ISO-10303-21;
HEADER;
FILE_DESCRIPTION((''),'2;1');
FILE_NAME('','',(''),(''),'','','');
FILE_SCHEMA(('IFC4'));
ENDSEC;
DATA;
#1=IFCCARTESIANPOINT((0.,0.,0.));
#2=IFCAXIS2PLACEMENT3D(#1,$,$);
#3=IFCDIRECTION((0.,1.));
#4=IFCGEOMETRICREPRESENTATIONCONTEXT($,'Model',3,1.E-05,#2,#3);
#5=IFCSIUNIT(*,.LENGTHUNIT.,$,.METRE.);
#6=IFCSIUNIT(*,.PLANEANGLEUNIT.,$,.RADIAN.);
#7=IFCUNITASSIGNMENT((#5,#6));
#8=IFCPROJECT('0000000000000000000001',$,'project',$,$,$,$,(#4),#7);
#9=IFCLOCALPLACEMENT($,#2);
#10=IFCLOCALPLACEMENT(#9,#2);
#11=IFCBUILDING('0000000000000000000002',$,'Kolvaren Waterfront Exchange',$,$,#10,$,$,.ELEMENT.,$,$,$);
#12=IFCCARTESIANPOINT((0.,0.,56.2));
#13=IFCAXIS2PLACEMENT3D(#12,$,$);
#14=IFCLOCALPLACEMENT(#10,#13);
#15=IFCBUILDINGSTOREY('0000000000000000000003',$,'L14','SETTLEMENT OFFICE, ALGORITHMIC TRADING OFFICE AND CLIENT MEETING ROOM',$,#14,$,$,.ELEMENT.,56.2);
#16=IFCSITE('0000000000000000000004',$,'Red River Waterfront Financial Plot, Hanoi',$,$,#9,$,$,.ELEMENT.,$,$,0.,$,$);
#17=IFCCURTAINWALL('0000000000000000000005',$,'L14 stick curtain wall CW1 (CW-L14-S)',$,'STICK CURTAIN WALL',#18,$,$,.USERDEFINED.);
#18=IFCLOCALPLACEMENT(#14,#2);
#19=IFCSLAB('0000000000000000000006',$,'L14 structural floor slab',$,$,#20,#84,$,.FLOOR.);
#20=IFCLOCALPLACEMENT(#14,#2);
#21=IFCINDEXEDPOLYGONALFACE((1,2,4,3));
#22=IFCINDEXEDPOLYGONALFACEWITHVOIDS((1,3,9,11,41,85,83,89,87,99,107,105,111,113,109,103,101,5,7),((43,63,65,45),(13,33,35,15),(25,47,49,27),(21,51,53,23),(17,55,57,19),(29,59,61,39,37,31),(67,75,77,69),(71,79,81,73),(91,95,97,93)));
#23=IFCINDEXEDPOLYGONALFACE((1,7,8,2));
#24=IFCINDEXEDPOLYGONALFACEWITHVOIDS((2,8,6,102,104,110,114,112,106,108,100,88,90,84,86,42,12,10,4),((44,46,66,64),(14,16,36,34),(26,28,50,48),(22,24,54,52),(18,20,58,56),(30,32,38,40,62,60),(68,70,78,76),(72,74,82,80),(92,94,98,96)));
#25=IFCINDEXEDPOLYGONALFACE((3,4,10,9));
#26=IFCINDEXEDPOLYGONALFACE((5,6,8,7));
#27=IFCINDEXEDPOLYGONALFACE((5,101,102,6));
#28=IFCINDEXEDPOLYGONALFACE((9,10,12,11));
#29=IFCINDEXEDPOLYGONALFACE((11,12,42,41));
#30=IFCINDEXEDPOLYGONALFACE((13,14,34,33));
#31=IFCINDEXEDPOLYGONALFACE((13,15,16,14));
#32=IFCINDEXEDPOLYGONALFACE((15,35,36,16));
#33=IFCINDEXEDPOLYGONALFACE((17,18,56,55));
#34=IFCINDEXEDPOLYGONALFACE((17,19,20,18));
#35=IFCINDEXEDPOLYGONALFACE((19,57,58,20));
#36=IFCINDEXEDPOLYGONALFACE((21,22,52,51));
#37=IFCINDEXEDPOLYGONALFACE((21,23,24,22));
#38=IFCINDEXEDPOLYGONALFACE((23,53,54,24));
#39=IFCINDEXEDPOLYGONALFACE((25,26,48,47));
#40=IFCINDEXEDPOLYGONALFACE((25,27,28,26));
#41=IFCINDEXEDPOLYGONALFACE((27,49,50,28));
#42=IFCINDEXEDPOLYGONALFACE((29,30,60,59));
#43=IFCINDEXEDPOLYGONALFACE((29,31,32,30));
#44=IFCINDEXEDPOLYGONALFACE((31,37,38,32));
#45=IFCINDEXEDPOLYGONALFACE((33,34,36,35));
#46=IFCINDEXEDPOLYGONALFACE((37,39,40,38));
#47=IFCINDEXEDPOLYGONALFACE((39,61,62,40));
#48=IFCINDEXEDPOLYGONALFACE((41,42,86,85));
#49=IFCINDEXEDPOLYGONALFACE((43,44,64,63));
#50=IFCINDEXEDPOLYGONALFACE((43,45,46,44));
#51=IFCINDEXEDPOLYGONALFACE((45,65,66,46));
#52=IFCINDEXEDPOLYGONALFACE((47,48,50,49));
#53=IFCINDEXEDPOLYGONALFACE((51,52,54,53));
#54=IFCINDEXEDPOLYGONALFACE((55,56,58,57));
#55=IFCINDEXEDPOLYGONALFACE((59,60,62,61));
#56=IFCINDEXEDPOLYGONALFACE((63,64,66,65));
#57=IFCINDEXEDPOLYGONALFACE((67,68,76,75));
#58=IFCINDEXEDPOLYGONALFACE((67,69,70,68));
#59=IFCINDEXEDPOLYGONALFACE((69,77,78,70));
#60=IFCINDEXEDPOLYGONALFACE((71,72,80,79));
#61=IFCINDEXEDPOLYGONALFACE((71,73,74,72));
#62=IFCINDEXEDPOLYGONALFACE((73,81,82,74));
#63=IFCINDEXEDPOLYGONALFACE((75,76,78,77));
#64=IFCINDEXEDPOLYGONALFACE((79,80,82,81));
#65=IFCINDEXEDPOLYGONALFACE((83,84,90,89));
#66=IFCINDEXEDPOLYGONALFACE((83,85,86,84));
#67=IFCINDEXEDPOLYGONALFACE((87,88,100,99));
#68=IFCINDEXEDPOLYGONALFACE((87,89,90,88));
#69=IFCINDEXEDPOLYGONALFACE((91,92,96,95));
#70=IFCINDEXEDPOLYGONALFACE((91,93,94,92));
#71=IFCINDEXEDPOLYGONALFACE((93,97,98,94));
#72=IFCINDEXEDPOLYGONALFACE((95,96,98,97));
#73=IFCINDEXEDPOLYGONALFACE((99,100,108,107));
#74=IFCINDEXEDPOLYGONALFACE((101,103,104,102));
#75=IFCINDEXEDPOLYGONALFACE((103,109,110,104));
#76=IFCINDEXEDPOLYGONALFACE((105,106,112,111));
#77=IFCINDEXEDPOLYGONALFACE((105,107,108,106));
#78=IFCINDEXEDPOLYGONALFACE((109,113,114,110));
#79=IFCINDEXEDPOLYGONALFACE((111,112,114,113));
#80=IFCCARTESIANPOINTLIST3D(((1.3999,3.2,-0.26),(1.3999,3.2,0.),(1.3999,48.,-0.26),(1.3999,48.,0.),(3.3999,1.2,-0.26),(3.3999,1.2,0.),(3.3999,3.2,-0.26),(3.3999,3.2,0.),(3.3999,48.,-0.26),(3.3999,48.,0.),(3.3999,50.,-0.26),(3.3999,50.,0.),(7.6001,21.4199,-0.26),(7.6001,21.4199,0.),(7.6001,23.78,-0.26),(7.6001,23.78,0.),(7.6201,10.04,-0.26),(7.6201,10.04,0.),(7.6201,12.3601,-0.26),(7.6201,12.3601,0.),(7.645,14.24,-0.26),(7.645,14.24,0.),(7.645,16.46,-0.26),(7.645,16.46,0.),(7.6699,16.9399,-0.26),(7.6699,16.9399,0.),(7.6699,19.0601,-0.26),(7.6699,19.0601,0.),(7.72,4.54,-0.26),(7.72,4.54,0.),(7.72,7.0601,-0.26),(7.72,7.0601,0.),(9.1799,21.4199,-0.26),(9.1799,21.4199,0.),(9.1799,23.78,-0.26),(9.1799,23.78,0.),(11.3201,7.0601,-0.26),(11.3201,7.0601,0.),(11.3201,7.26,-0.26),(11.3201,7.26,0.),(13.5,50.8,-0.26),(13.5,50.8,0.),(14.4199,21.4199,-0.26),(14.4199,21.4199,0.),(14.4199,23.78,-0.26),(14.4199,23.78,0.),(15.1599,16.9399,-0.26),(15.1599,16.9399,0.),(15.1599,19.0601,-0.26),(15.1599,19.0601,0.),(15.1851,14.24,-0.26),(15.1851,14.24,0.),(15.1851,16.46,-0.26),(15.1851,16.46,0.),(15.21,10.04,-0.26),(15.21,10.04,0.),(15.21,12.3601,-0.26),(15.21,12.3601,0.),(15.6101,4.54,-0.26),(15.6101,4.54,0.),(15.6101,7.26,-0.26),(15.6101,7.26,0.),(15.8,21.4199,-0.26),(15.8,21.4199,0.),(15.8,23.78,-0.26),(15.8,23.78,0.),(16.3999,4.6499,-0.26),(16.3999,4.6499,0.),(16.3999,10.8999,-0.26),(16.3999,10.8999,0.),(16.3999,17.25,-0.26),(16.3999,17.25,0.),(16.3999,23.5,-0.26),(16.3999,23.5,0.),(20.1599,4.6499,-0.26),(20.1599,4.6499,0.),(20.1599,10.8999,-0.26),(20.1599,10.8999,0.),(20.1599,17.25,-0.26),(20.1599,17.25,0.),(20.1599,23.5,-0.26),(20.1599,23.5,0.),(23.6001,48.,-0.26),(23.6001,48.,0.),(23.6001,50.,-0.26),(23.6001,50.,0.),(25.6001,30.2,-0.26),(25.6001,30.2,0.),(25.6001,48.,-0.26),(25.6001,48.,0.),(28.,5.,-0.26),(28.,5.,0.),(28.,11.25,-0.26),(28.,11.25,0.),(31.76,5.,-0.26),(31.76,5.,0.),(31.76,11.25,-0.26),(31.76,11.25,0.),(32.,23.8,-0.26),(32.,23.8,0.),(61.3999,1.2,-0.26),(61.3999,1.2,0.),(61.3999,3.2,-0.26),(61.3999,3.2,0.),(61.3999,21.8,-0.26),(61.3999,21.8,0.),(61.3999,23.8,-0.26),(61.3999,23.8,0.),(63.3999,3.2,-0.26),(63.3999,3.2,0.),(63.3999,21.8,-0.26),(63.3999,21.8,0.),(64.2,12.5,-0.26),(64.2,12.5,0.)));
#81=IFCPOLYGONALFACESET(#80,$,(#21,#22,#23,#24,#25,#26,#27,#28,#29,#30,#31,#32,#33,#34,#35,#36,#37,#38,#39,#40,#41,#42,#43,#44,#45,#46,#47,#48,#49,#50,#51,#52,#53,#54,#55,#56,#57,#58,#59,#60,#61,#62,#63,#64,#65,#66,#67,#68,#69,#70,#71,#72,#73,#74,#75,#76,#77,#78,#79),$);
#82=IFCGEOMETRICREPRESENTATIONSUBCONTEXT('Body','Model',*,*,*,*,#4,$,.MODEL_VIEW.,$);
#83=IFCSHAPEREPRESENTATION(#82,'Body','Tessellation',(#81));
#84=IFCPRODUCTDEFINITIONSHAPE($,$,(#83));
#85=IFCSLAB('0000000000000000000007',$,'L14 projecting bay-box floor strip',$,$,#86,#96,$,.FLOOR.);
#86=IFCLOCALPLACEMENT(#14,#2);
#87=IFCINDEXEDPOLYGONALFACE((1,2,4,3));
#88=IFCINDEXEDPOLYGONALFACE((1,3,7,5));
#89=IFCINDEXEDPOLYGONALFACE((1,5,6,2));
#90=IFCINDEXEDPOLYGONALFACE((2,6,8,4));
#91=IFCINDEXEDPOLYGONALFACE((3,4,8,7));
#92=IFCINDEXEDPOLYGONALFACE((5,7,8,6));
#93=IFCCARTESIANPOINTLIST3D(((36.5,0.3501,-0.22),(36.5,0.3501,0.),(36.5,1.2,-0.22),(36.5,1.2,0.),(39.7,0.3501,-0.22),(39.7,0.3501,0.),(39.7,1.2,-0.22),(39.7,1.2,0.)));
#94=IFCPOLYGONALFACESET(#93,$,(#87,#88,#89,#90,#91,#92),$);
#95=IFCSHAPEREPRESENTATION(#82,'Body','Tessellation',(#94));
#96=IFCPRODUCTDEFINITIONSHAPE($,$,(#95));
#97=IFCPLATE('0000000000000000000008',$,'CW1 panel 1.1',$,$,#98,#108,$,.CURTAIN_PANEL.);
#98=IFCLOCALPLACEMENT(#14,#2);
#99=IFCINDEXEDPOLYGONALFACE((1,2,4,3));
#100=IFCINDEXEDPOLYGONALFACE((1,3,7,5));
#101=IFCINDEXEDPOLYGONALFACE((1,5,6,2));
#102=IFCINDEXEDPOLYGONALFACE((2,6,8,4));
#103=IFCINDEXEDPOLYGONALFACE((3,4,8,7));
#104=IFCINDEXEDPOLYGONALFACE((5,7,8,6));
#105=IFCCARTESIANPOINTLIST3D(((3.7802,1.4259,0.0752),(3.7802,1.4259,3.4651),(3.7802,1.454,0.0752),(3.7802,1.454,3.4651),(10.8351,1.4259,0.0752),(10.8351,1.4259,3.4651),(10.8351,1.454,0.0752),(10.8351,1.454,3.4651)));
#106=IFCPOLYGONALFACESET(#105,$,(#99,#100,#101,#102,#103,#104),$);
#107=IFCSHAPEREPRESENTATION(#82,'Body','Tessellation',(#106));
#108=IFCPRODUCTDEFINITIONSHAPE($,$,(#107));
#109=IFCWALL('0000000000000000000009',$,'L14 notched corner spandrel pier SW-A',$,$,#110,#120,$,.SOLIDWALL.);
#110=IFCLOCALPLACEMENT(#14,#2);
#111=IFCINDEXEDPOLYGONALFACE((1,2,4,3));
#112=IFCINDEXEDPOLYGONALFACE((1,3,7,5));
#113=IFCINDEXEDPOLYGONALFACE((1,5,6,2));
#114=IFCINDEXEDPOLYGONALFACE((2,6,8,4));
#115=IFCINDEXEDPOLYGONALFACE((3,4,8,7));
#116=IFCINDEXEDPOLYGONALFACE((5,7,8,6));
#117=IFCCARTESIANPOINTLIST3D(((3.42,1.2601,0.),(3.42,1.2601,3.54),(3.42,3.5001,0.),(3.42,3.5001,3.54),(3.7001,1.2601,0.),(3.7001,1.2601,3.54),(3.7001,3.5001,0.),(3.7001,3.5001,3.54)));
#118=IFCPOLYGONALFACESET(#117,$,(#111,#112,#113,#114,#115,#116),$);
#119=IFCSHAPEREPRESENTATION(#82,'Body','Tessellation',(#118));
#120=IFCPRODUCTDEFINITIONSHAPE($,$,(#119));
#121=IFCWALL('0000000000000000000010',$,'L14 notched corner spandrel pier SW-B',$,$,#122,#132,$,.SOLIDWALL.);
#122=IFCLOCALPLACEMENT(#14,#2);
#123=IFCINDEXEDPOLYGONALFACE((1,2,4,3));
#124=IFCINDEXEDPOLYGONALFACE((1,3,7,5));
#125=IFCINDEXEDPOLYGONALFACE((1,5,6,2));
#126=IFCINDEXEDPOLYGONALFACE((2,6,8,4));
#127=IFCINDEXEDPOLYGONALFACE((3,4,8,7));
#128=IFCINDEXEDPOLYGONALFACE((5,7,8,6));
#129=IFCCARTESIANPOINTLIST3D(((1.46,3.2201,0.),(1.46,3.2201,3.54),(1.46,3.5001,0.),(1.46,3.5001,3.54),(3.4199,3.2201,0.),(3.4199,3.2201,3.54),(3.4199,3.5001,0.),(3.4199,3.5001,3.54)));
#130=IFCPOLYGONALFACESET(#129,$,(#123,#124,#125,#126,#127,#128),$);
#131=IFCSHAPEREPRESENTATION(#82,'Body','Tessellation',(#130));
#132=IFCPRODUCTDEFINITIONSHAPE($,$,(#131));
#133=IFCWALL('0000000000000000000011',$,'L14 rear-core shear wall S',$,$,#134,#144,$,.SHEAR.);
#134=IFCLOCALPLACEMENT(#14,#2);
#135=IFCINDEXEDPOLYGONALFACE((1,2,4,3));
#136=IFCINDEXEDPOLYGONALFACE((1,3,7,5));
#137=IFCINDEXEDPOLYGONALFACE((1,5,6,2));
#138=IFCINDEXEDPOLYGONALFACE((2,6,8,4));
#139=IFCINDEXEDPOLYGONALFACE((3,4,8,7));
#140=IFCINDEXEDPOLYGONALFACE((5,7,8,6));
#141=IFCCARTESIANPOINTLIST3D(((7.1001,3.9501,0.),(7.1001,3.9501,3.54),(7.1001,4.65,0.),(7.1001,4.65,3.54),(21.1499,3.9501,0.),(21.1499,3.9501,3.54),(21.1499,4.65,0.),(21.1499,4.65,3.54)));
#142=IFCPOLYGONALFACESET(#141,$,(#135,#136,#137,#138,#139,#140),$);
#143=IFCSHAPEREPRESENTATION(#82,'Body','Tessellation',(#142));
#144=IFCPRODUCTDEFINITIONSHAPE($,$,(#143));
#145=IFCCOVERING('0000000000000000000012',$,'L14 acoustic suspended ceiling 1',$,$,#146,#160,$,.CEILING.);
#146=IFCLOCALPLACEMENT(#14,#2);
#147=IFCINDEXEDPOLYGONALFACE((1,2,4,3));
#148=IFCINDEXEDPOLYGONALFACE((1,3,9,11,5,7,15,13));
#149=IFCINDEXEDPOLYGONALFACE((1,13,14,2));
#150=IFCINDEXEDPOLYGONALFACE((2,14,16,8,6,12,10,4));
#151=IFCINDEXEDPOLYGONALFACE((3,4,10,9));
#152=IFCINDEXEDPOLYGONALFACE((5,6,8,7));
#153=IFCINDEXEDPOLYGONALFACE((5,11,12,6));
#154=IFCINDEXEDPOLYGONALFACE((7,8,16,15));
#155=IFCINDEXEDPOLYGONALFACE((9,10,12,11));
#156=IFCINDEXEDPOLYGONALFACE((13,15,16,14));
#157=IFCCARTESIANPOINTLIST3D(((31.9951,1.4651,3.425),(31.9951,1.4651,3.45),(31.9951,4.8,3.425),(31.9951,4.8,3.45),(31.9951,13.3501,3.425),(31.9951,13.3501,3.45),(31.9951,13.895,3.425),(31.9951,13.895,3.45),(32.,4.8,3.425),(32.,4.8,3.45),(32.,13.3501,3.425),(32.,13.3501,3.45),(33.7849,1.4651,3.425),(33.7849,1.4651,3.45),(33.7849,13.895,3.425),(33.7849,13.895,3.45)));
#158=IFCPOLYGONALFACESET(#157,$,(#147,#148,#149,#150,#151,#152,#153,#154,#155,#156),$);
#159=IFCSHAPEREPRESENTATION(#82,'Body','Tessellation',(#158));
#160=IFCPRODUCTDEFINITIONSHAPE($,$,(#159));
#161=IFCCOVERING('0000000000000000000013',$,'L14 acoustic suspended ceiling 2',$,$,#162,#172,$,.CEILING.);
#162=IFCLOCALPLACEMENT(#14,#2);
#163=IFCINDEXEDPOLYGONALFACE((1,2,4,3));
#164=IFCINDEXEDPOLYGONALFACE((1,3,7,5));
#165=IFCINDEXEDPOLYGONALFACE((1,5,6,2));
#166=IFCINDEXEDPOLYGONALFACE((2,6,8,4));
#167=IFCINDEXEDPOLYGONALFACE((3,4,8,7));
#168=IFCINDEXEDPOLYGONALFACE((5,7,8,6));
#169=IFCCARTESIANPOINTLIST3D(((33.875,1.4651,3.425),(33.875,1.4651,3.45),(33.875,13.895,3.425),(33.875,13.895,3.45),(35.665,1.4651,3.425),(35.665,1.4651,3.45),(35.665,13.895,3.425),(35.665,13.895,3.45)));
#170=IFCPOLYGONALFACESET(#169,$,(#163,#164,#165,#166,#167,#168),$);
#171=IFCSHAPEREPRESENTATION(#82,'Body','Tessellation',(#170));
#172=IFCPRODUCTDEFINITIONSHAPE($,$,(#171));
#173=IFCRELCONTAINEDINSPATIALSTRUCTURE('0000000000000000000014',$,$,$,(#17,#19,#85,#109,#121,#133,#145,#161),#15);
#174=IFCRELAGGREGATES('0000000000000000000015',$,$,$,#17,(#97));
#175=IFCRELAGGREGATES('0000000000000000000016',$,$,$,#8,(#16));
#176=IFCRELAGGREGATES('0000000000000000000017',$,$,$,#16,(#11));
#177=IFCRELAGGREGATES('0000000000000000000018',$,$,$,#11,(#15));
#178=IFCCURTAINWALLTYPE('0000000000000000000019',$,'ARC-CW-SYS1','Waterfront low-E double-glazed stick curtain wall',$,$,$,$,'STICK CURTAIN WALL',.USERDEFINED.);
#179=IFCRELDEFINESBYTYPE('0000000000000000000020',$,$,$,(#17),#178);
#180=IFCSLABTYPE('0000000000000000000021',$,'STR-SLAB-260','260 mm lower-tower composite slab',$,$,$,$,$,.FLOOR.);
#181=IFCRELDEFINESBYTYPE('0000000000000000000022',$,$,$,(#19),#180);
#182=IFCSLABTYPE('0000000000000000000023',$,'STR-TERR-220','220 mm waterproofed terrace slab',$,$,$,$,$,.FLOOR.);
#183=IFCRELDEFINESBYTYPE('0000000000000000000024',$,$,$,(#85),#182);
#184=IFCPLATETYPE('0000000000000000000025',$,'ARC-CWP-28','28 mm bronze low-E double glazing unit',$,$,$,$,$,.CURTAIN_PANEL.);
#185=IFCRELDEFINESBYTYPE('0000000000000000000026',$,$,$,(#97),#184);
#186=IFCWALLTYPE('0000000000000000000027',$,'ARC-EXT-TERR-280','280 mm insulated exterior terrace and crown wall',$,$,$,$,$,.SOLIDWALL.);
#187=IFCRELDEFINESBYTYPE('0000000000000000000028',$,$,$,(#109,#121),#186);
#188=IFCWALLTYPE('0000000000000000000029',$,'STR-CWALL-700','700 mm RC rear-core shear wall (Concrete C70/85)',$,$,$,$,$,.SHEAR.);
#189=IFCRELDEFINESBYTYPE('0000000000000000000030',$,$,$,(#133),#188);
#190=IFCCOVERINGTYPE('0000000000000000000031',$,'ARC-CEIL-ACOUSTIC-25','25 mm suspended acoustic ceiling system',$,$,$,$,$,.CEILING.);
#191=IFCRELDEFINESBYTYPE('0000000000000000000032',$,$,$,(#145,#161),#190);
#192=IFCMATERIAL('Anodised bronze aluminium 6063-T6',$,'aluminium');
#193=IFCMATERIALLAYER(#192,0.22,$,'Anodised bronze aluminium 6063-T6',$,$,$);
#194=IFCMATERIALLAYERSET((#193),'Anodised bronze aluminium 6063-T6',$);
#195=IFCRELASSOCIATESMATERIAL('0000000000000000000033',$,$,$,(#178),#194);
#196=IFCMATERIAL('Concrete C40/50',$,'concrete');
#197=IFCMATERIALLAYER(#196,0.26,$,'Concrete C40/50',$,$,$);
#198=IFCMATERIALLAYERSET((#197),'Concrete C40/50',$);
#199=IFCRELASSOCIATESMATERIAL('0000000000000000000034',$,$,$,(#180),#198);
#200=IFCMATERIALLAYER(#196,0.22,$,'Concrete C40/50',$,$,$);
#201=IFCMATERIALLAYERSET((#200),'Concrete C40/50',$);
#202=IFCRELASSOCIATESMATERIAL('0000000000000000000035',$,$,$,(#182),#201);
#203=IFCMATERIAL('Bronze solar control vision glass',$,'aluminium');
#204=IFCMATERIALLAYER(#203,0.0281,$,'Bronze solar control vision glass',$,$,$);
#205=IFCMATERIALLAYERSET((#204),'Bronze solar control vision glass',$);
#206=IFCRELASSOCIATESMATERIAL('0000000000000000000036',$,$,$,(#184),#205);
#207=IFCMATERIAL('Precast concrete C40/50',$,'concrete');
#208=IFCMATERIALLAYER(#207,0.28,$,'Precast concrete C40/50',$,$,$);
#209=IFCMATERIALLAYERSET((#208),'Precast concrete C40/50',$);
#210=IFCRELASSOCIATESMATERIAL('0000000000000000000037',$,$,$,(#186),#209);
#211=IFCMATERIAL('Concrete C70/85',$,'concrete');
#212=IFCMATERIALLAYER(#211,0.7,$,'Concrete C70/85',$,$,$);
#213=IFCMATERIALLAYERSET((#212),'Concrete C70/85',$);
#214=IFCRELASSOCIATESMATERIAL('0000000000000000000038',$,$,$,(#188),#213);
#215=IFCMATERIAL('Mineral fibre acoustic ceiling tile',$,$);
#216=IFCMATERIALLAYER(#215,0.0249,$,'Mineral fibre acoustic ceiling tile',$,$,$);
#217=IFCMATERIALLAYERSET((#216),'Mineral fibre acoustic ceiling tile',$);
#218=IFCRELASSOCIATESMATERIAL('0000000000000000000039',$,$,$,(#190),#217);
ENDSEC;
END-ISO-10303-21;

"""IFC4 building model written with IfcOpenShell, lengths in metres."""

from ifc_helpers import new_model, si_unit, direction, frame, frame_2d, origin, origin_with_axes, origin_2d, place, context, subcontext, project, spatial, polyline, rectangle, outline, extrude, source, transform, mapped, material, layer, layer_set, type_object, element, aggregate, save


model = new_model("IFC4")

# Units and contexts
model_context = context("Model", 3, precision=1e-05, world=origin(), true_north=direction((0.0, 1.0)))
body_context = subcontext(model_context, "Body", "Model", "MODEL_VIEW")
ifc_project = project(units=[si_unit("LENGTHUNIT", "METRE"), si_unit("PLANEANGLEUNIT", "RADIAN")], contexts=[model_context])

# Site, building, storey
site_placement = place(None, origin())
site = spatial("IfcSite", under=ifc_project, at=site_placement, Name="Red River Waterfront Financial Plot, Hanoi", CompositionType="ELEMENT", RefElevation=0.0)
building_placement = place(site_placement, origin())
building = spatial("IfcBuilding", under=site, at=building_placement, Name="Kolvaren Waterfront Exchange", CompositionType="ELEMENT")
storey_placement = place(building_placement, frame((0.0, 0.0, 56.2)))
storey = spatial("IfcBuildingStorey", under=building, at=storey_placement, Name="L14", Description="SETTLEMENT OFFICE, ALGORITHMIC TRADING OFFICE AND CLIENT MEETING ROOM", CompositionType="ELEMENT", Elevation=56.2)

# Curtain wall
ifc_material_1 = material(Name="Anodised bronze aluminium 6063-T6", Category="aluminium")
ifc_layer_1 = layer(ifc_material_1, 0.22, Name="Anodised bronze aluminium 6063-T6")
ifc_layer_set_1 = layer_set([ifc_layer_1], Name="Anodised bronze aluminium 6063-T6")
curtain_wall_type_1 = type_object("IfcCurtainWallType", Name="ARC-CW-SYS1", Description="Waterfront low-E double-glazed stick curtain wall", ElementType="STICK CURTAIN WALL", PredefinedType="USERDEFINED", material=ifc_layer_set_1)
curtain_wall_1_placement = place(storey_placement, origin())
curtain_wall_1 = element("IfcCurtainWall", 1, at=curtain_wall_1_placement, inside=storey, type_object=curtain_wall_type_1, Name="L14 stick curtain wall CW1 (CW-L14-S)", ObjectType="STICK CURTAIN WALL", PredefinedType="USERDEFINED")

# Shared definitions
ifc_material_2 = material(Name="Concrete C40/50", Category="concrete")

# Slabs
ifc_layer_2 = layer(ifc_material_2, 0.26, Name="Concrete C40/50")
ifc_layer_set_2 = layer_set([ifc_layer_2], Name="Concrete C40/50")
slab_type_1 = type_object("IfcSlabType", Name="STR-SLAB-260", Description="260 mm lower-tower composite slab", PredefinedType="FLOOR", material=ifc_layer_set_2)
slab_1_placement = place(storey_placement, frame((0.0, 0.0, -0.26)))
element("IfcSlab", 2, at=slab_1_placement, inside=storey, type_object=slab_type_1, Name="L14 structural floor slab", PredefinedType="FLOOR", context=body_context, shape_type="SweptSolid", body=[
    extrude(outline(polyline([(3.3999, 1.2), (61.3999, 1.2), (61.3999, 3.2), (63.3999, 3.2), (64.2, 12.5), (63.3999, 21.8), (61.3999, 21.8), (61.3999, 23.8), (32.0, 23.8), (25.6001, 30.2), (25.6001, 48.0), (23.6001, 48.0), (23.6001, 50.0), (13.5, 50.8), (3.3999, 50.0), (3.3999, 48.0), (1.3999, 48.0), (1.3999, 3.2), (3.3999, 3.2), (3.3999, 1.2)]), holes=[polyline([(11.3201, 7.26), (15.6101, 7.26), (15.6101, 4.54), (7.72, 4.54), (7.72, 7.0601), (11.3201, 7.0601), (11.3201, 7.26)]), polyline([(20.1599, 4.6499), (16.3999, 4.6499), (16.3999, 10.8999), (20.1599, 10.8999), (20.1599, 4.6499)]), polyline([(31.76, 5.0), (28.0, 5.0), (28.0, 11.25), (31.76, 11.25), (31.76, 5.0)]), polyline([(15.21, 10.04), (7.6201, 10.04), (7.6201, 12.3601), (15.21, 12.3601), (15.21, 10.04)]), polyline([(7.645, 16.46), (15.1851, 16.46), (15.1851, 14.24), (7.645, 14.24), (7.645, 16.46)]), polyline([(15.1599, 16.9399), (7.6699, 16.9399), (7.6699, 19.0601), (15.1599, 19.0601), (15.1599, 16.9399)]), polyline([(16.3999, 23.5), (20.1599, 23.5), (20.1599, 17.25), (16.3999, 17.25), (16.3999, 23.5)]), polyline([(7.6001, 23.78), (9.1799, 23.78), (9.1799, 21.4199), (7.6001, 21.4199), (7.6001, 23.78)]), polyline([(15.8, 23.78), (15.8, 21.4199), (14.4199, 21.4199), (14.4199, 23.78), (15.8, 23.78)])]), origin(), (0.0, 0.0, 1.0), 0.26),
])
ifc_layer_3 = layer(ifc_material_2, 0.22, Name="Concrete C40/50")
ifc_layer_set_3 = layer_set([ifc_layer_3], Name="Concrete C40/50")
slab_type_2 = type_object("IfcSlabType", Name="STR-TERR-220", Description="220 mm waterproofed terrace slab", PredefinedType="FLOOR", material=ifc_layer_set_3)
slab_2_placement = place(storey_placement, frame((0.0, 0.0, -0.22)))
element("IfcSlab", 3, at=slab_2_placement, inside=storey, type_object=slab_type_2, Name="L14 projecting bay-box floor strip", PredefinedType="FLOOR", context=body_context, shape_type="SweptSolid", body=[
    extrude(outline(polyline([(36.5, 0.3501), (39.7, 0.3501), (39.7, 1.2), (36.5, 1.2), (36.5, 0.3501)])), origin(), (0.0, 0.0, 1.0), 0.22),
])

# Plate
ifc_material_3 = material(Name="Bronze solar control vision glass", Category="aluminium")
ifc_layer_4 = layer(ifc_material_3, 0.0281, Name="Bronze solar control vision glass")
ifc_layer_set_4 = layer_set([ifc_layer_4], Name="Bronze solar control vision glass")
plate_type = type_object("IfcPlateType", Name="ARC-CWP-28", Description="28 mm bronze low-E double glazing unit", PredefinedType="CURTAIN_PANEL", material=ifc_layer_set_4)
shared_shape_1 = source(origin_with_axes(), body_context, "Body", "SweptSolid", [
    extrude(rectangle(XDim=7.0549, YDim=0.0281, at=origin_2d()), origin(), (0.0, 0.0, 1.0), 3.3899),
])
plate_placement = place(storey_placement, frame((7.3076, 1.4399, 0.0752), z_axis=(0.0, 0.0, 1.0), x_axis=(1.0, 0.0, 0.0)))
plate = element("IfcPlate", 4, at=plate_placement, type_object=plate_type, Name="CW1 panel 1.1", PredefinedType="CURTAIN_PANEL", context=body_context, shape_type="MappedRepresentation", body=[
    mapped(shared_shape_1, transform((0.0, 0.0, 0.0), x_axis=(1.0, 0.0, 0.0), y_axis=(0.0, 1.0, 0.0), z_axis=(0.0, 0.0, 1.0), scale=1.0)),
])
aggregate(curtain_wall_1, [plate])

# Walls
ifc_material_4 = material(Name="Precast concrete C40/50", Category="concrete")
ifc_layer_5 = layer(ifc_material_4, 0.28, Name="Precast concrete C40/50")
ifc_layer_set_5 = layer_set([ifc_layer_5], Name="Precast concrete C40/50")
wall_type_1 = type_object("IfcWallType", Name="ARC-EXT-TERR-280", Description="280 mm insulated exterior terrace and crown wall", PredefinedType="SOLIDWALL", material=ifc_layer_set_5)
wall_1_placement = place(storey_placement, frame((3.5601, 1.26, 0.0), z_axis=(0.0, 0.0, 1.0), x_axis=(0.0, 1.0, 0.0)))
element("IfcWall", 5, at=wall_1_placement, inside=storey, type_object=wall_type_1, Name="L14 notched corner spandrel pier SW-A", PredefinedType="SOLIDWALL", context=body_context, shape_type="SweptSolid", body=[
    extrude(rectangle(XDim=2.24, YDim=0.28, at=frame_2d((1.1201, 0.0))), origin(), (0.0, 0.0, 1.0), 3.54),
])
wall_2_placement = place(storey_placement, frame((1.46, 3.3601, 0.0), z_axis=(0.0, 0.0, 1.0), x_axis=(1.0, 0.0, 0.0)))
element("IfcWall", 6, at=wall_2_placement, inside=storey, type_object=wall_type_1, Name="L14 notched corner spandrel pier SW-B", PredefinedType="SOLIDWALL", context=body_context, shape_type="SweptSolid", body=[
    extrude(rectangle(XDim=1.96, YDim=0.28, at=frame_2d((0.98, 0.0))), origin(), (0.0, 0.0, 1.0), 3.54),
])
ifc_material_5 = material(Name="Concrete C70/85", Category="concrete")
ifc_layer_6 = layer(ifc_material_5, 0.7, Name="Concrete C70/85")
ifc_layer_set_6 = layer_set([ifc_layer_6], Name="Concrete C70/85")
wall_type_2 = type_object("IfcWallType", Name="STR-CWALL-700", Description="700 mm RC rear-core shear wall (Concrete C70/85)", PredefinedType="SHEAR", material=ifc_layer_set_6)
wall_3_placement = place(storey_placement, frame((7.1001, 4.3, 0.0), z_axis=(0.0, 0.0, 1.0), x_axis=(1.0, 0.0, 0.0)))
element("IfcWall", 7, at=wall_3_placement, inside=storey, type_object=wall_type_2, Name="L14 rear-core shear wall S", PredefinedType="SHEAR", context=body_context, shape_type="SweptSolid", body=[
    extrude(rectangle(XDim=14.0498, YDim=0.7, at=frame_2d((7.0249, 0.0))), origin(), (0.0, 0.0, 1.0), 3.54),
])

# Coverings
ifc_material_6 = material(Name="Mineral fibre acoustic ceiling tile")
ifc_layer_7 = layer(ifc_material_6, 0.0249, Name="Mineral fibre acoustic ceiling tile")
ifc_layer_set_7 = layer_set([ifc_layer_7], Name="Mineral fibre acoustic ceiling tile")
covering_type_1 = type_object("IfcCoveringType", Name="ARC-CEIL-ACOUSTIC-25", Description="25 mm suspended acoustic ceiling system", PredefinedType="CEILING", material=ifc_layer_set_7)
covering_1_placement = place(storey_placement, frame((0.0, 0.0, 3.425)))
element("IfcCovering", 8, at=covering_1_placement, inside=storey, type_object=covering_type_1, Name="L14 acoustic suspended ceiling 1", PredefinedType="CEILING", context=body_context, shape_type="SweptSolid", body=[
    extrude(outline(polyline([(33.7849, 1.4651), (33.7849, 13.895), (31.9951, 13.895), (31.9951, 13.3501), (32.0, 13.3501), (32.0, 4.8), (31.9951, 4.8), (31.9951, 1.4651), (33.7849, 1.4651)])), origin(), (0.0, 0.0, 1.0), 0.0249),
])
covering_2_placement = place(storey_placement, frame((0.0, 0.0, 3.425)))
element("IfcCovering", 9, at=covering_2_placement, inside=storey, type_object=covering_type_1, Name="L14 acoustic suspended ceiling 2", PredefinedType="CEILING", context=body_context, shape_type="SweptSolid", body=[
    extrude(outline(polyline([(35.665, 1.4651), (35.665, 13.895), (33.875, 13.895), (33.875, 1.4651), (35.665, 1.4651)])), origin(), (0.0, 0.0, 1.0), 0.0249),
])

save(model, "model.ifc")
